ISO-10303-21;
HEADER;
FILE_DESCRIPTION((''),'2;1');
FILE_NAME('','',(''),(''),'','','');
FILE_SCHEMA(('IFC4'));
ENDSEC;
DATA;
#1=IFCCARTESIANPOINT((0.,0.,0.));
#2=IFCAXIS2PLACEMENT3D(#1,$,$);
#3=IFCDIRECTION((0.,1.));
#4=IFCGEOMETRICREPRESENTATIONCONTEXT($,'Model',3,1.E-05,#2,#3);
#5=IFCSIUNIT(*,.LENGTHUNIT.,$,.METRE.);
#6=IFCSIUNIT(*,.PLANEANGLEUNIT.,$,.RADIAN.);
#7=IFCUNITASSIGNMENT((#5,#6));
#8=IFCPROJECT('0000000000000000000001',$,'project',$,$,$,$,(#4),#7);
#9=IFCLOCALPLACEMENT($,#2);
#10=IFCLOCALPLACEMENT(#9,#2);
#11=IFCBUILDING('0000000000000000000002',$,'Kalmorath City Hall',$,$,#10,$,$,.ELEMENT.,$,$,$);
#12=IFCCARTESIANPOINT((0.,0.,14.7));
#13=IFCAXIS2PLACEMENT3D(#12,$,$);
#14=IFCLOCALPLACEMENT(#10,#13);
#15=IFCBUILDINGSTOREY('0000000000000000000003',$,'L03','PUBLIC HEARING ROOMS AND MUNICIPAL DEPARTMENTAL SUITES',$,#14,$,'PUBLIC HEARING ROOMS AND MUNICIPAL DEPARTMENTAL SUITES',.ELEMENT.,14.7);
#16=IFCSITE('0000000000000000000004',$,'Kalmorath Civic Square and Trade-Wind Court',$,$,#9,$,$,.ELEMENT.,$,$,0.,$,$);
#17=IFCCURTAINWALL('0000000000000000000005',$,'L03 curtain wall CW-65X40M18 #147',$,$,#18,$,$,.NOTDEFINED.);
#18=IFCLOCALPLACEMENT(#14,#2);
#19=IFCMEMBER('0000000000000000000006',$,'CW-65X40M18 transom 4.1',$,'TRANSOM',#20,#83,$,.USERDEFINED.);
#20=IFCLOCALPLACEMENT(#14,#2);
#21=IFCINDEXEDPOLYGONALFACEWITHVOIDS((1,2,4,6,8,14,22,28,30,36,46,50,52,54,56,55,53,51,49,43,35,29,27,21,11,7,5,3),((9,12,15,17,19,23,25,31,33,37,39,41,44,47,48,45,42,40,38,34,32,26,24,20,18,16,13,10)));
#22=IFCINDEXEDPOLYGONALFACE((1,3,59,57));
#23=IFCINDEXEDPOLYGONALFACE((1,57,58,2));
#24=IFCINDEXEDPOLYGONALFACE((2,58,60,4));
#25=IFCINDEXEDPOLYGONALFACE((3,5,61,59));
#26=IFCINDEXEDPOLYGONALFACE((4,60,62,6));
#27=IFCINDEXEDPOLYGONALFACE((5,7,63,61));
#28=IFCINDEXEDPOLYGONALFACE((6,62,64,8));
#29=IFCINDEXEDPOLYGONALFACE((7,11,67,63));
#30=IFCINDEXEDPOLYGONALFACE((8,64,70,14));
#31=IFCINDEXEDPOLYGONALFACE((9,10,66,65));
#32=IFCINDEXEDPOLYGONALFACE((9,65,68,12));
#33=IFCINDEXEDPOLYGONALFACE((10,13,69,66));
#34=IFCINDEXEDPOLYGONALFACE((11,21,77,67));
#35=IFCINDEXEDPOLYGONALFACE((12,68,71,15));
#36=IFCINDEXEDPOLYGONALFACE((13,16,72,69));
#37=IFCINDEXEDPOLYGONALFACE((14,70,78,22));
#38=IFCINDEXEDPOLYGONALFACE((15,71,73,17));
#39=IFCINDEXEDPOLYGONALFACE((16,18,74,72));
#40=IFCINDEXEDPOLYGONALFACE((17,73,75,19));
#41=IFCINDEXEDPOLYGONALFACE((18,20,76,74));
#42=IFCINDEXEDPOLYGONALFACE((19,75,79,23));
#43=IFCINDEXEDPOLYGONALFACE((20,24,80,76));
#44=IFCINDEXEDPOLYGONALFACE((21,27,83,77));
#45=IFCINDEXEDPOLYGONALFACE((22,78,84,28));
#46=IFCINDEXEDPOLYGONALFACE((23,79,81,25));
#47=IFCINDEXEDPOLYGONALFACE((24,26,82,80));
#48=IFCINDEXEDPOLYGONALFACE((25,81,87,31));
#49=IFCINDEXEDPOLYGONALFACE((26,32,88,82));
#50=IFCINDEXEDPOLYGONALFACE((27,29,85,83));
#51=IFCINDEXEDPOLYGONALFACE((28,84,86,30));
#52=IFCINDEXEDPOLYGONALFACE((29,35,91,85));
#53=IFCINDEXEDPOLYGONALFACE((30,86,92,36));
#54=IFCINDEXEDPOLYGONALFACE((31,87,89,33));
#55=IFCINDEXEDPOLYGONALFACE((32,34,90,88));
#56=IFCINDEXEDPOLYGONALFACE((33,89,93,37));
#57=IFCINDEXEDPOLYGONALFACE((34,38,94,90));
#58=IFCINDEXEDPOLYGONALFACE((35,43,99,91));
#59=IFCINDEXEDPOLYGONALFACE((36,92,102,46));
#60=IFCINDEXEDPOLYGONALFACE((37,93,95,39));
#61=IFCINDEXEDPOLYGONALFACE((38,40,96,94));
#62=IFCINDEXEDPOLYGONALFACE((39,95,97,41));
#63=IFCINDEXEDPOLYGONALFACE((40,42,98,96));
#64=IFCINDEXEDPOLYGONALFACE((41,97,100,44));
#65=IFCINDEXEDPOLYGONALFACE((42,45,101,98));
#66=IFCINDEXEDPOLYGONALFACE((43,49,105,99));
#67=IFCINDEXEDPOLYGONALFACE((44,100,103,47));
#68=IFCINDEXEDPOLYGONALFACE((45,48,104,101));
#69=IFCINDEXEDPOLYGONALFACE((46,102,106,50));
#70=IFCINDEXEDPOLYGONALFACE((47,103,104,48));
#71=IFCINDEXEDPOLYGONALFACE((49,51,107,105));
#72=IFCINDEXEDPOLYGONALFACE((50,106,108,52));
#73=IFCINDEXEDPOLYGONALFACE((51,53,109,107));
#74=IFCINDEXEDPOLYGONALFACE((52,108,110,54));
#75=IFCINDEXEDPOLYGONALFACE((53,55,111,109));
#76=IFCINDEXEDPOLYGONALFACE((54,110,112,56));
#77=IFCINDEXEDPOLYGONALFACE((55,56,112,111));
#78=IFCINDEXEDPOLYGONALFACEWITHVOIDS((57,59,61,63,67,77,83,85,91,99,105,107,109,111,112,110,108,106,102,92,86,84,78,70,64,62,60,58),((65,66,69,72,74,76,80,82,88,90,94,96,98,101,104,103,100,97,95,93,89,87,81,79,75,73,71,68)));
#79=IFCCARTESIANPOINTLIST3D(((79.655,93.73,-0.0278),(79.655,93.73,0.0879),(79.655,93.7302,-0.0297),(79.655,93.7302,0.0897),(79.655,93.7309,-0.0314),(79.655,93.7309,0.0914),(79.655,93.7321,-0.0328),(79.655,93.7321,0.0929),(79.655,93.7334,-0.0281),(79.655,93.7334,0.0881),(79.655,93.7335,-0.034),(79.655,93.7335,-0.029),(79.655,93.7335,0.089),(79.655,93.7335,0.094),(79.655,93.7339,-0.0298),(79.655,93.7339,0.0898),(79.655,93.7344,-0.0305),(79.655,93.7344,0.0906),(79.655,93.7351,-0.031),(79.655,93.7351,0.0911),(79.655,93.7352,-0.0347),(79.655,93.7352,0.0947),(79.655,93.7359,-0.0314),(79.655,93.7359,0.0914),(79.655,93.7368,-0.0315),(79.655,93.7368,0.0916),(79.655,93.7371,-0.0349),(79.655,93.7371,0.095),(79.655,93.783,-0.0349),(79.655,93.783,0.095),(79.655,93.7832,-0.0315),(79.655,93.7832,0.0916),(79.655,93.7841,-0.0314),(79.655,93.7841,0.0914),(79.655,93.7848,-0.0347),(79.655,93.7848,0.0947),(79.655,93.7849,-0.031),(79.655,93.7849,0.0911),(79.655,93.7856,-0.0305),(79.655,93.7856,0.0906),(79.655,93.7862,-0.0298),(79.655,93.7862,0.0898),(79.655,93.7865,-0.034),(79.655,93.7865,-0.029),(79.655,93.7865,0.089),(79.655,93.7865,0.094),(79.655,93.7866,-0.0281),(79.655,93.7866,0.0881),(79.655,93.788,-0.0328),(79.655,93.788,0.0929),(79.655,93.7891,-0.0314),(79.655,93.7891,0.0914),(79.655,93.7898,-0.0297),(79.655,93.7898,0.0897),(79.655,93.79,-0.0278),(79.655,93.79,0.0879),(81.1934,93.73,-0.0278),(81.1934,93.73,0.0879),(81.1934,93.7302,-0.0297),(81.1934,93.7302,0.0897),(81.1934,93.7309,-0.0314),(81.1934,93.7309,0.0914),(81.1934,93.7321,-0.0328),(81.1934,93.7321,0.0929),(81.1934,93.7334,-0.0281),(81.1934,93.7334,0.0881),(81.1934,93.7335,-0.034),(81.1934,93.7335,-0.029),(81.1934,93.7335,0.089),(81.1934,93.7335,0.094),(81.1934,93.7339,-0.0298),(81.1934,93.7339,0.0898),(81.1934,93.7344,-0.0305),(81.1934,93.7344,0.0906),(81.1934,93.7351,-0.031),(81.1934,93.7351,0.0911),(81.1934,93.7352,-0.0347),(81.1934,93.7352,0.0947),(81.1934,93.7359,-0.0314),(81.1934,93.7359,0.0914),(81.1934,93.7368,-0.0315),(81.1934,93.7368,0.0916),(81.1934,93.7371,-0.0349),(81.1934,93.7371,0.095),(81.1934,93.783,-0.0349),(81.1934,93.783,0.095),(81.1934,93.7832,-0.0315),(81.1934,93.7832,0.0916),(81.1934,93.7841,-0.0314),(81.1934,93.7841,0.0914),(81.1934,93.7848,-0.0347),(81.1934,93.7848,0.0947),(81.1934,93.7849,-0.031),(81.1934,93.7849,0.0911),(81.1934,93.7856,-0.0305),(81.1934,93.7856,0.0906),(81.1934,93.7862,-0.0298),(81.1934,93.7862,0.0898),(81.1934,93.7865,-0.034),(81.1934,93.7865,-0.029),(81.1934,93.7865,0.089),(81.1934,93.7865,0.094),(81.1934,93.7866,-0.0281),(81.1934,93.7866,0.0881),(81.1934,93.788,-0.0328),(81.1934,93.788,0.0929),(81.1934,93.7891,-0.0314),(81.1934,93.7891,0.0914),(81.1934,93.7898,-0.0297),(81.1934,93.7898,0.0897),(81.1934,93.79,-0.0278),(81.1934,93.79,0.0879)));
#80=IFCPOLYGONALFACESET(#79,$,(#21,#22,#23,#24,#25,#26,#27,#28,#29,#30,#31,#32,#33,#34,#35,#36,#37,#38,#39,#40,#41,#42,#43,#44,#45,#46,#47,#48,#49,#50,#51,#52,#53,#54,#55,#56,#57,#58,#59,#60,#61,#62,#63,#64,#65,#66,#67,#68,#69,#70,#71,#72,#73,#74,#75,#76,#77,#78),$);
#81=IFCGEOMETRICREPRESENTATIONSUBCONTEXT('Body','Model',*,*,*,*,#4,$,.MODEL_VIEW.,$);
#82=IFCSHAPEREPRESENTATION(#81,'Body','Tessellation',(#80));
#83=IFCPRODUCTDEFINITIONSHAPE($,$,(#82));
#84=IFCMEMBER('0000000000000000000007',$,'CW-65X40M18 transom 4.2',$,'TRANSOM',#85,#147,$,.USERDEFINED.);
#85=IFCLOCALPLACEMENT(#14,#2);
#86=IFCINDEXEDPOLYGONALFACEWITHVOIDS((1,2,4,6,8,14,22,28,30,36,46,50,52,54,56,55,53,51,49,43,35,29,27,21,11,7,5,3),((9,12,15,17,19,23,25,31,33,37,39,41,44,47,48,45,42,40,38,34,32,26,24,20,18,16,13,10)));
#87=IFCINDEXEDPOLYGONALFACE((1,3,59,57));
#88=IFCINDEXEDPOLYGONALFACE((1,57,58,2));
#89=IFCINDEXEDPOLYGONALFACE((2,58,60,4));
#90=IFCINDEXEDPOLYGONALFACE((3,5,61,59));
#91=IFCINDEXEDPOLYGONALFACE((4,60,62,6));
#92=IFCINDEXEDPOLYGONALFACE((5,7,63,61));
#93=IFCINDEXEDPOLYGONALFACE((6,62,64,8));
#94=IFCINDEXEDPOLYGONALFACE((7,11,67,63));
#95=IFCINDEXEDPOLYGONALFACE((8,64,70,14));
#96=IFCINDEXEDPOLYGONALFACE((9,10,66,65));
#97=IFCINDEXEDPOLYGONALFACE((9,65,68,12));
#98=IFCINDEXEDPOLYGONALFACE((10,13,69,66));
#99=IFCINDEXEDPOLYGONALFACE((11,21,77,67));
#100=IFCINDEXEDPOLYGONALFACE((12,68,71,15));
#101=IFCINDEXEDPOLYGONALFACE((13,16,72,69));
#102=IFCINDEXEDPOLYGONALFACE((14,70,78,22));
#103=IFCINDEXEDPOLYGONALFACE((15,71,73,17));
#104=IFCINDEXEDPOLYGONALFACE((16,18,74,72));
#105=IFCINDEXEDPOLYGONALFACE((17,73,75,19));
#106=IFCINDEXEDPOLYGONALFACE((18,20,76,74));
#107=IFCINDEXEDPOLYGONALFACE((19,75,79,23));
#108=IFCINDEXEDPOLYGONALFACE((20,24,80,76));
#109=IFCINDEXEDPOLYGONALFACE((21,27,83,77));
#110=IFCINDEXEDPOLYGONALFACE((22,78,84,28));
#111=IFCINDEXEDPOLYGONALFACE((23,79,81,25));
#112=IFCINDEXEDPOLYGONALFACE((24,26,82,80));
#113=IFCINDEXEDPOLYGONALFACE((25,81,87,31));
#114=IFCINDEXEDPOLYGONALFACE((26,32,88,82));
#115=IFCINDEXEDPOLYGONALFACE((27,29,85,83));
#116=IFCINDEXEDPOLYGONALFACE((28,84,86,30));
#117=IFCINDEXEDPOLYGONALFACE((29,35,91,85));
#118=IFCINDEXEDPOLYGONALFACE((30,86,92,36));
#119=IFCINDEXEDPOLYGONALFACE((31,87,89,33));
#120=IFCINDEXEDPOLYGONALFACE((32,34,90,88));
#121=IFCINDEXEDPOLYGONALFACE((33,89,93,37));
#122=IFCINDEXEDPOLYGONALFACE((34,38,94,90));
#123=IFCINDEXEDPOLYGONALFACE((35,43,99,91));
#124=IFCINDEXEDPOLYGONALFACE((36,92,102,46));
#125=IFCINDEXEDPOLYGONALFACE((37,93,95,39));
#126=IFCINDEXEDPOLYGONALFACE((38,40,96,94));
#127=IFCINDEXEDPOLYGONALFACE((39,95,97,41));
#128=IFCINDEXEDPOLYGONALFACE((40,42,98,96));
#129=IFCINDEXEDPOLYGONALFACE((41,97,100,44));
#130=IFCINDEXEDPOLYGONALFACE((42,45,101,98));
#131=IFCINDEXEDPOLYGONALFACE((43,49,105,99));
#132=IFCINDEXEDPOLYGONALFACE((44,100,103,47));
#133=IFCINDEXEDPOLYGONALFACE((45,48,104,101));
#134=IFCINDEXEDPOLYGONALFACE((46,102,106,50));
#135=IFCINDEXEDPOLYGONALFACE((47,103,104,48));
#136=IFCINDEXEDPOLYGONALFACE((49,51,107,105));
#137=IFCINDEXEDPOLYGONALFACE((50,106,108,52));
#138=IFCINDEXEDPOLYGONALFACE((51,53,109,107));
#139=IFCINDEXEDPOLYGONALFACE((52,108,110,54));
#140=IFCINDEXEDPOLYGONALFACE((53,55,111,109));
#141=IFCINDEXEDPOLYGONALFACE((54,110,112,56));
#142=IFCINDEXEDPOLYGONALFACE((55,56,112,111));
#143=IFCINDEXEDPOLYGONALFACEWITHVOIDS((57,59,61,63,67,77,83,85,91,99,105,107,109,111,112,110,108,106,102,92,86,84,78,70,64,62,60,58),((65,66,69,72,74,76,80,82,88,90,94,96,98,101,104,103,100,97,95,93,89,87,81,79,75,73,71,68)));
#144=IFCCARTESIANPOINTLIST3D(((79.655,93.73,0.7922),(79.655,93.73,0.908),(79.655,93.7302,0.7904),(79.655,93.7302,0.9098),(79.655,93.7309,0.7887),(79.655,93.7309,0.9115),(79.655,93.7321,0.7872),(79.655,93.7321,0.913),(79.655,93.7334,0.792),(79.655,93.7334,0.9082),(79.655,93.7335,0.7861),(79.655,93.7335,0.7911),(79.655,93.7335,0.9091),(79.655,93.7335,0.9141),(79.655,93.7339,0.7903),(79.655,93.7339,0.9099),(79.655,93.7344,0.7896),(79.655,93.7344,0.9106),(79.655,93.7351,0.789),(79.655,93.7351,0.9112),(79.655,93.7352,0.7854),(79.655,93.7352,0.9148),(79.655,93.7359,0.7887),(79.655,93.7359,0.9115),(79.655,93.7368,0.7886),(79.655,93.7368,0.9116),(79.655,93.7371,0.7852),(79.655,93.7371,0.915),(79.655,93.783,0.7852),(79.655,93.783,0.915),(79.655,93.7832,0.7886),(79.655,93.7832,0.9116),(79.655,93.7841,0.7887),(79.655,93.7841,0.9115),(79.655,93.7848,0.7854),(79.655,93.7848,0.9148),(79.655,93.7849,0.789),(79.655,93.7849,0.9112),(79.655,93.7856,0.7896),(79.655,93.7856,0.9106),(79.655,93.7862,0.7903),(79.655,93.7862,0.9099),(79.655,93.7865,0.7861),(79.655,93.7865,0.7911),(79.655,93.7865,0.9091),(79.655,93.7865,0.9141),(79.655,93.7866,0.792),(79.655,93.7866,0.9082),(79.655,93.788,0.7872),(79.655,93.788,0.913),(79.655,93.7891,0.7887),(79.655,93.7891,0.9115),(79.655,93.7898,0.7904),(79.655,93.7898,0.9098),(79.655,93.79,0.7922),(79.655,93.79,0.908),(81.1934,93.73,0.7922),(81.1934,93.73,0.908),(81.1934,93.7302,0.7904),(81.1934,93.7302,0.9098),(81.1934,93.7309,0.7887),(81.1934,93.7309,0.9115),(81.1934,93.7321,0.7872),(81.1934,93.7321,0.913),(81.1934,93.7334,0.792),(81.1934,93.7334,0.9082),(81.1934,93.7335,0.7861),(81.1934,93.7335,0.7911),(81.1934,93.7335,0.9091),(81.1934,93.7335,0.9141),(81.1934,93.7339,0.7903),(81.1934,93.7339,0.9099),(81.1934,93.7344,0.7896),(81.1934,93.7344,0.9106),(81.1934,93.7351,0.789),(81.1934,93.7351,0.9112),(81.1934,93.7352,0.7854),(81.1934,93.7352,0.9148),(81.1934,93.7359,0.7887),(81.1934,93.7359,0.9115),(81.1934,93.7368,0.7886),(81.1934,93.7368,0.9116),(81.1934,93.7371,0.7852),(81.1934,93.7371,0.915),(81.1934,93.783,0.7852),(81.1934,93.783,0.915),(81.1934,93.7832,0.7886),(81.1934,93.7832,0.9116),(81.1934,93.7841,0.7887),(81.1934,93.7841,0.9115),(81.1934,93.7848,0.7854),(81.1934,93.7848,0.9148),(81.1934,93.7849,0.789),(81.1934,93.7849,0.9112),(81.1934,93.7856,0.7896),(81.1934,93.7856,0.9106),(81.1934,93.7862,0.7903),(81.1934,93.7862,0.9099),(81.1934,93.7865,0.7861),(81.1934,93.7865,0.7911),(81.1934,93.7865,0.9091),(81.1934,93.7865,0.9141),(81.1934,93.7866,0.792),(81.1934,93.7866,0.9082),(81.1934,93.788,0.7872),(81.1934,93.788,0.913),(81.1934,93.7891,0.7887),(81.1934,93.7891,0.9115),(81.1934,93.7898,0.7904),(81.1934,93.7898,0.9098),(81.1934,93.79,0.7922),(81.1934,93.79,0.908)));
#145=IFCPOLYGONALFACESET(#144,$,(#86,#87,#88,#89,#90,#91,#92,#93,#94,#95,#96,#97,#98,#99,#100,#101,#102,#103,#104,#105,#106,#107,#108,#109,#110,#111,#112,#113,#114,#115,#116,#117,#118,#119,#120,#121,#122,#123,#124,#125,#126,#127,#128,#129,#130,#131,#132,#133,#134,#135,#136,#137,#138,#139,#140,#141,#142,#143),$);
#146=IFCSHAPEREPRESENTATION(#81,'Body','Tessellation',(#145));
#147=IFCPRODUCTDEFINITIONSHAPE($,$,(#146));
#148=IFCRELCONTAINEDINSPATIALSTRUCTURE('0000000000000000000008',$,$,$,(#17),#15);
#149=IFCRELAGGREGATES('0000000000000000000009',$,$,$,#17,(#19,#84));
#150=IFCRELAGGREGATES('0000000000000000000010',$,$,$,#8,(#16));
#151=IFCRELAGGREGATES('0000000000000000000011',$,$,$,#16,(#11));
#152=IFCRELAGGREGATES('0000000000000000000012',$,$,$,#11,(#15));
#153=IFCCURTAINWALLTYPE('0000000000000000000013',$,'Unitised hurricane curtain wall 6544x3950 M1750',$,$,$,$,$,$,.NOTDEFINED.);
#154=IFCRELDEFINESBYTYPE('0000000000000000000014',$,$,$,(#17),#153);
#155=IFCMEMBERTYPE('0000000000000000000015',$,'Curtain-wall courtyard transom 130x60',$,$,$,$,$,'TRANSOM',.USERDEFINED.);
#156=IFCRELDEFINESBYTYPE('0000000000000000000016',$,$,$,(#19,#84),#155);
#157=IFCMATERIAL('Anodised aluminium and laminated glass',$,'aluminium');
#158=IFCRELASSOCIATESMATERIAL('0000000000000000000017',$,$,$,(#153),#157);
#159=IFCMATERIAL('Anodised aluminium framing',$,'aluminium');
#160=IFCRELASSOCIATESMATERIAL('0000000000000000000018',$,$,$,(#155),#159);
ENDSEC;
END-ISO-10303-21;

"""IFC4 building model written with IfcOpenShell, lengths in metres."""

from ifc_helpers import new_model, si_unit, direction, frame, origin, origin_2d, place, context, subcontext, project, spatial, hollow_rectangle, extrude, material, material_profile, profile_set, type_object, element, aggregate, save


model = new_model("IFC4")

# Units and contexts
model_context = context("Model", 3, precision=1e-05, world=origin(), true_north=direction((0.0, 1.0)))
body_context = subcontext(model_context, "Body", "Model", "MODEL_VIEW")
ifc_project = project(units=[si_unit("LENGTHUNIT", "METRE"), si_unit("PLANEANGLEUNIT", "RADIAN")], contexts=[model_context])

# Site, building, storey
site_placement = place(None, origin())
site = spatial("IfcSite", under=ifc_project, at=site_placement, Name="Kalmorath Civic Square and Trade-Wind Court", CompositionType="ELEMENT", RefElevation=0.0)
building_placement = place(site_placement, origin())
building = spatial("IfcBuilding", under=site, at=building_placement, Name="Kalmorath City Hall", CompositionType="ELEMENT")
storey_placement = place(building_placement, frame((0.0, 0.0, 14.7)))
storey = spatial("IfcBuildingStorey", under=building, at=storey_placement, Name="L03", Description="PUBLIC HEARING ROOMS AND MUNICIPAL DEPARTMENTAL SUITES", LongName="PUBLIC HEARING ROOMS AND MUNICIPAL DEPARTMENTAL SUITES", CompositionType="ELEMENT", Elevation=14.7)

# Curtain wall
ifc_material_1 = material(Name="Anodised aluminium and laminated glass", Category="aluminium")
curtain_wall_type_1 = type_object("IfcCurtainWallType", Name="Unitised hurricane curtain wall 6544x3950 M1750", PredefinedType="NOTDEFINED", material=ifc_material_1)
curtain_wall_1_placement = place(storey_placement, origin())
curtain_wall_1 = element("IfcCurtainWall", 1, at=curtain_wall_1_placement, inside=storey, type_object=curtain_wall_type_1, Name="L03 curtain wall CW-65X40M18 #147", PredefinedType="NOTDEFINED")

# Members
ifc_material_2 = material(Name="Anodised aluminium framing", Category="aluminium")
ifc_material_profile_1 = material_profile(ifc_material_2, hollow_rectangle(XDim=0.0601, YDim=0.1299, WallThickness=0.0034, InnerFilletRadius=0.0034, OuterFilletRadius=0.0071, at=origin_2d()), Name="ALU-TRN-130X60X3.5")
ifc_profile_set_1 = profile_set([ifc_material_profile_1], Name="Anodised aluminium framing")
member_type_1 = type_object("IfcMemberType", Name="Curtain-wall courtyard transom 130x60", ElementType="TRANSOM", PredefinedType="USERDEFINED", material=ifc_profile_set_1)
member_1_placement = place(storey_placement, frame((81.1934, 93.76, 0.03), z_axis=(-1.0, 0.0, 0.0), x_axis=(0.0, -1.0, 0.0)))
member_1 = element("IfcMember", 2, at=member_1_placement, type_object=member_type_1, Name="CW-65X40M18 transom 4.1", ObjectType="TRANSOM", PredefinedType="USERDEFINED", context=body_context, shape_type="SweptSolid", body=[
    extrude(hollow_rectangle(XDim=0.0601, YDim=0.1299, WallThickness=0.0034, InnerFilletRadius=0.0034, OuterFilletRadius=0.0071, at=origin_2d()), origin(), (0.0, 0.0, 1.0), 1.5383),
])
member_2_placement = place(storey_placement, frame((81.1934, 93.76, 0.8501), z_axis=(-1.0, 0.0, 0.0), x_axis=(0.0, -1.0, 0.0)))
member_2 = element("IfcMember", 3, at=member_2_placement, type_object=member_type_1, Name="CW-65X40M18 transom 4.2", ObjectType="TRANSOM", PredefinedType="USERDEFINED", context=body_context, shape_type="SweptSolid", body=[
    extrude(hollow_rectangle(XDim=0.0601, YDim=0.1299, WallThickness=0.0034, InnerFilletRadius=0.0034, OuterFilletRadius=0.0071, at=origin_2d()), origin(), (0.0, 0.0, 1.0), 1.5383),
])

aggregate(curtain_wall_1, [member_1, member_2])

save(model, "model.ifc")
